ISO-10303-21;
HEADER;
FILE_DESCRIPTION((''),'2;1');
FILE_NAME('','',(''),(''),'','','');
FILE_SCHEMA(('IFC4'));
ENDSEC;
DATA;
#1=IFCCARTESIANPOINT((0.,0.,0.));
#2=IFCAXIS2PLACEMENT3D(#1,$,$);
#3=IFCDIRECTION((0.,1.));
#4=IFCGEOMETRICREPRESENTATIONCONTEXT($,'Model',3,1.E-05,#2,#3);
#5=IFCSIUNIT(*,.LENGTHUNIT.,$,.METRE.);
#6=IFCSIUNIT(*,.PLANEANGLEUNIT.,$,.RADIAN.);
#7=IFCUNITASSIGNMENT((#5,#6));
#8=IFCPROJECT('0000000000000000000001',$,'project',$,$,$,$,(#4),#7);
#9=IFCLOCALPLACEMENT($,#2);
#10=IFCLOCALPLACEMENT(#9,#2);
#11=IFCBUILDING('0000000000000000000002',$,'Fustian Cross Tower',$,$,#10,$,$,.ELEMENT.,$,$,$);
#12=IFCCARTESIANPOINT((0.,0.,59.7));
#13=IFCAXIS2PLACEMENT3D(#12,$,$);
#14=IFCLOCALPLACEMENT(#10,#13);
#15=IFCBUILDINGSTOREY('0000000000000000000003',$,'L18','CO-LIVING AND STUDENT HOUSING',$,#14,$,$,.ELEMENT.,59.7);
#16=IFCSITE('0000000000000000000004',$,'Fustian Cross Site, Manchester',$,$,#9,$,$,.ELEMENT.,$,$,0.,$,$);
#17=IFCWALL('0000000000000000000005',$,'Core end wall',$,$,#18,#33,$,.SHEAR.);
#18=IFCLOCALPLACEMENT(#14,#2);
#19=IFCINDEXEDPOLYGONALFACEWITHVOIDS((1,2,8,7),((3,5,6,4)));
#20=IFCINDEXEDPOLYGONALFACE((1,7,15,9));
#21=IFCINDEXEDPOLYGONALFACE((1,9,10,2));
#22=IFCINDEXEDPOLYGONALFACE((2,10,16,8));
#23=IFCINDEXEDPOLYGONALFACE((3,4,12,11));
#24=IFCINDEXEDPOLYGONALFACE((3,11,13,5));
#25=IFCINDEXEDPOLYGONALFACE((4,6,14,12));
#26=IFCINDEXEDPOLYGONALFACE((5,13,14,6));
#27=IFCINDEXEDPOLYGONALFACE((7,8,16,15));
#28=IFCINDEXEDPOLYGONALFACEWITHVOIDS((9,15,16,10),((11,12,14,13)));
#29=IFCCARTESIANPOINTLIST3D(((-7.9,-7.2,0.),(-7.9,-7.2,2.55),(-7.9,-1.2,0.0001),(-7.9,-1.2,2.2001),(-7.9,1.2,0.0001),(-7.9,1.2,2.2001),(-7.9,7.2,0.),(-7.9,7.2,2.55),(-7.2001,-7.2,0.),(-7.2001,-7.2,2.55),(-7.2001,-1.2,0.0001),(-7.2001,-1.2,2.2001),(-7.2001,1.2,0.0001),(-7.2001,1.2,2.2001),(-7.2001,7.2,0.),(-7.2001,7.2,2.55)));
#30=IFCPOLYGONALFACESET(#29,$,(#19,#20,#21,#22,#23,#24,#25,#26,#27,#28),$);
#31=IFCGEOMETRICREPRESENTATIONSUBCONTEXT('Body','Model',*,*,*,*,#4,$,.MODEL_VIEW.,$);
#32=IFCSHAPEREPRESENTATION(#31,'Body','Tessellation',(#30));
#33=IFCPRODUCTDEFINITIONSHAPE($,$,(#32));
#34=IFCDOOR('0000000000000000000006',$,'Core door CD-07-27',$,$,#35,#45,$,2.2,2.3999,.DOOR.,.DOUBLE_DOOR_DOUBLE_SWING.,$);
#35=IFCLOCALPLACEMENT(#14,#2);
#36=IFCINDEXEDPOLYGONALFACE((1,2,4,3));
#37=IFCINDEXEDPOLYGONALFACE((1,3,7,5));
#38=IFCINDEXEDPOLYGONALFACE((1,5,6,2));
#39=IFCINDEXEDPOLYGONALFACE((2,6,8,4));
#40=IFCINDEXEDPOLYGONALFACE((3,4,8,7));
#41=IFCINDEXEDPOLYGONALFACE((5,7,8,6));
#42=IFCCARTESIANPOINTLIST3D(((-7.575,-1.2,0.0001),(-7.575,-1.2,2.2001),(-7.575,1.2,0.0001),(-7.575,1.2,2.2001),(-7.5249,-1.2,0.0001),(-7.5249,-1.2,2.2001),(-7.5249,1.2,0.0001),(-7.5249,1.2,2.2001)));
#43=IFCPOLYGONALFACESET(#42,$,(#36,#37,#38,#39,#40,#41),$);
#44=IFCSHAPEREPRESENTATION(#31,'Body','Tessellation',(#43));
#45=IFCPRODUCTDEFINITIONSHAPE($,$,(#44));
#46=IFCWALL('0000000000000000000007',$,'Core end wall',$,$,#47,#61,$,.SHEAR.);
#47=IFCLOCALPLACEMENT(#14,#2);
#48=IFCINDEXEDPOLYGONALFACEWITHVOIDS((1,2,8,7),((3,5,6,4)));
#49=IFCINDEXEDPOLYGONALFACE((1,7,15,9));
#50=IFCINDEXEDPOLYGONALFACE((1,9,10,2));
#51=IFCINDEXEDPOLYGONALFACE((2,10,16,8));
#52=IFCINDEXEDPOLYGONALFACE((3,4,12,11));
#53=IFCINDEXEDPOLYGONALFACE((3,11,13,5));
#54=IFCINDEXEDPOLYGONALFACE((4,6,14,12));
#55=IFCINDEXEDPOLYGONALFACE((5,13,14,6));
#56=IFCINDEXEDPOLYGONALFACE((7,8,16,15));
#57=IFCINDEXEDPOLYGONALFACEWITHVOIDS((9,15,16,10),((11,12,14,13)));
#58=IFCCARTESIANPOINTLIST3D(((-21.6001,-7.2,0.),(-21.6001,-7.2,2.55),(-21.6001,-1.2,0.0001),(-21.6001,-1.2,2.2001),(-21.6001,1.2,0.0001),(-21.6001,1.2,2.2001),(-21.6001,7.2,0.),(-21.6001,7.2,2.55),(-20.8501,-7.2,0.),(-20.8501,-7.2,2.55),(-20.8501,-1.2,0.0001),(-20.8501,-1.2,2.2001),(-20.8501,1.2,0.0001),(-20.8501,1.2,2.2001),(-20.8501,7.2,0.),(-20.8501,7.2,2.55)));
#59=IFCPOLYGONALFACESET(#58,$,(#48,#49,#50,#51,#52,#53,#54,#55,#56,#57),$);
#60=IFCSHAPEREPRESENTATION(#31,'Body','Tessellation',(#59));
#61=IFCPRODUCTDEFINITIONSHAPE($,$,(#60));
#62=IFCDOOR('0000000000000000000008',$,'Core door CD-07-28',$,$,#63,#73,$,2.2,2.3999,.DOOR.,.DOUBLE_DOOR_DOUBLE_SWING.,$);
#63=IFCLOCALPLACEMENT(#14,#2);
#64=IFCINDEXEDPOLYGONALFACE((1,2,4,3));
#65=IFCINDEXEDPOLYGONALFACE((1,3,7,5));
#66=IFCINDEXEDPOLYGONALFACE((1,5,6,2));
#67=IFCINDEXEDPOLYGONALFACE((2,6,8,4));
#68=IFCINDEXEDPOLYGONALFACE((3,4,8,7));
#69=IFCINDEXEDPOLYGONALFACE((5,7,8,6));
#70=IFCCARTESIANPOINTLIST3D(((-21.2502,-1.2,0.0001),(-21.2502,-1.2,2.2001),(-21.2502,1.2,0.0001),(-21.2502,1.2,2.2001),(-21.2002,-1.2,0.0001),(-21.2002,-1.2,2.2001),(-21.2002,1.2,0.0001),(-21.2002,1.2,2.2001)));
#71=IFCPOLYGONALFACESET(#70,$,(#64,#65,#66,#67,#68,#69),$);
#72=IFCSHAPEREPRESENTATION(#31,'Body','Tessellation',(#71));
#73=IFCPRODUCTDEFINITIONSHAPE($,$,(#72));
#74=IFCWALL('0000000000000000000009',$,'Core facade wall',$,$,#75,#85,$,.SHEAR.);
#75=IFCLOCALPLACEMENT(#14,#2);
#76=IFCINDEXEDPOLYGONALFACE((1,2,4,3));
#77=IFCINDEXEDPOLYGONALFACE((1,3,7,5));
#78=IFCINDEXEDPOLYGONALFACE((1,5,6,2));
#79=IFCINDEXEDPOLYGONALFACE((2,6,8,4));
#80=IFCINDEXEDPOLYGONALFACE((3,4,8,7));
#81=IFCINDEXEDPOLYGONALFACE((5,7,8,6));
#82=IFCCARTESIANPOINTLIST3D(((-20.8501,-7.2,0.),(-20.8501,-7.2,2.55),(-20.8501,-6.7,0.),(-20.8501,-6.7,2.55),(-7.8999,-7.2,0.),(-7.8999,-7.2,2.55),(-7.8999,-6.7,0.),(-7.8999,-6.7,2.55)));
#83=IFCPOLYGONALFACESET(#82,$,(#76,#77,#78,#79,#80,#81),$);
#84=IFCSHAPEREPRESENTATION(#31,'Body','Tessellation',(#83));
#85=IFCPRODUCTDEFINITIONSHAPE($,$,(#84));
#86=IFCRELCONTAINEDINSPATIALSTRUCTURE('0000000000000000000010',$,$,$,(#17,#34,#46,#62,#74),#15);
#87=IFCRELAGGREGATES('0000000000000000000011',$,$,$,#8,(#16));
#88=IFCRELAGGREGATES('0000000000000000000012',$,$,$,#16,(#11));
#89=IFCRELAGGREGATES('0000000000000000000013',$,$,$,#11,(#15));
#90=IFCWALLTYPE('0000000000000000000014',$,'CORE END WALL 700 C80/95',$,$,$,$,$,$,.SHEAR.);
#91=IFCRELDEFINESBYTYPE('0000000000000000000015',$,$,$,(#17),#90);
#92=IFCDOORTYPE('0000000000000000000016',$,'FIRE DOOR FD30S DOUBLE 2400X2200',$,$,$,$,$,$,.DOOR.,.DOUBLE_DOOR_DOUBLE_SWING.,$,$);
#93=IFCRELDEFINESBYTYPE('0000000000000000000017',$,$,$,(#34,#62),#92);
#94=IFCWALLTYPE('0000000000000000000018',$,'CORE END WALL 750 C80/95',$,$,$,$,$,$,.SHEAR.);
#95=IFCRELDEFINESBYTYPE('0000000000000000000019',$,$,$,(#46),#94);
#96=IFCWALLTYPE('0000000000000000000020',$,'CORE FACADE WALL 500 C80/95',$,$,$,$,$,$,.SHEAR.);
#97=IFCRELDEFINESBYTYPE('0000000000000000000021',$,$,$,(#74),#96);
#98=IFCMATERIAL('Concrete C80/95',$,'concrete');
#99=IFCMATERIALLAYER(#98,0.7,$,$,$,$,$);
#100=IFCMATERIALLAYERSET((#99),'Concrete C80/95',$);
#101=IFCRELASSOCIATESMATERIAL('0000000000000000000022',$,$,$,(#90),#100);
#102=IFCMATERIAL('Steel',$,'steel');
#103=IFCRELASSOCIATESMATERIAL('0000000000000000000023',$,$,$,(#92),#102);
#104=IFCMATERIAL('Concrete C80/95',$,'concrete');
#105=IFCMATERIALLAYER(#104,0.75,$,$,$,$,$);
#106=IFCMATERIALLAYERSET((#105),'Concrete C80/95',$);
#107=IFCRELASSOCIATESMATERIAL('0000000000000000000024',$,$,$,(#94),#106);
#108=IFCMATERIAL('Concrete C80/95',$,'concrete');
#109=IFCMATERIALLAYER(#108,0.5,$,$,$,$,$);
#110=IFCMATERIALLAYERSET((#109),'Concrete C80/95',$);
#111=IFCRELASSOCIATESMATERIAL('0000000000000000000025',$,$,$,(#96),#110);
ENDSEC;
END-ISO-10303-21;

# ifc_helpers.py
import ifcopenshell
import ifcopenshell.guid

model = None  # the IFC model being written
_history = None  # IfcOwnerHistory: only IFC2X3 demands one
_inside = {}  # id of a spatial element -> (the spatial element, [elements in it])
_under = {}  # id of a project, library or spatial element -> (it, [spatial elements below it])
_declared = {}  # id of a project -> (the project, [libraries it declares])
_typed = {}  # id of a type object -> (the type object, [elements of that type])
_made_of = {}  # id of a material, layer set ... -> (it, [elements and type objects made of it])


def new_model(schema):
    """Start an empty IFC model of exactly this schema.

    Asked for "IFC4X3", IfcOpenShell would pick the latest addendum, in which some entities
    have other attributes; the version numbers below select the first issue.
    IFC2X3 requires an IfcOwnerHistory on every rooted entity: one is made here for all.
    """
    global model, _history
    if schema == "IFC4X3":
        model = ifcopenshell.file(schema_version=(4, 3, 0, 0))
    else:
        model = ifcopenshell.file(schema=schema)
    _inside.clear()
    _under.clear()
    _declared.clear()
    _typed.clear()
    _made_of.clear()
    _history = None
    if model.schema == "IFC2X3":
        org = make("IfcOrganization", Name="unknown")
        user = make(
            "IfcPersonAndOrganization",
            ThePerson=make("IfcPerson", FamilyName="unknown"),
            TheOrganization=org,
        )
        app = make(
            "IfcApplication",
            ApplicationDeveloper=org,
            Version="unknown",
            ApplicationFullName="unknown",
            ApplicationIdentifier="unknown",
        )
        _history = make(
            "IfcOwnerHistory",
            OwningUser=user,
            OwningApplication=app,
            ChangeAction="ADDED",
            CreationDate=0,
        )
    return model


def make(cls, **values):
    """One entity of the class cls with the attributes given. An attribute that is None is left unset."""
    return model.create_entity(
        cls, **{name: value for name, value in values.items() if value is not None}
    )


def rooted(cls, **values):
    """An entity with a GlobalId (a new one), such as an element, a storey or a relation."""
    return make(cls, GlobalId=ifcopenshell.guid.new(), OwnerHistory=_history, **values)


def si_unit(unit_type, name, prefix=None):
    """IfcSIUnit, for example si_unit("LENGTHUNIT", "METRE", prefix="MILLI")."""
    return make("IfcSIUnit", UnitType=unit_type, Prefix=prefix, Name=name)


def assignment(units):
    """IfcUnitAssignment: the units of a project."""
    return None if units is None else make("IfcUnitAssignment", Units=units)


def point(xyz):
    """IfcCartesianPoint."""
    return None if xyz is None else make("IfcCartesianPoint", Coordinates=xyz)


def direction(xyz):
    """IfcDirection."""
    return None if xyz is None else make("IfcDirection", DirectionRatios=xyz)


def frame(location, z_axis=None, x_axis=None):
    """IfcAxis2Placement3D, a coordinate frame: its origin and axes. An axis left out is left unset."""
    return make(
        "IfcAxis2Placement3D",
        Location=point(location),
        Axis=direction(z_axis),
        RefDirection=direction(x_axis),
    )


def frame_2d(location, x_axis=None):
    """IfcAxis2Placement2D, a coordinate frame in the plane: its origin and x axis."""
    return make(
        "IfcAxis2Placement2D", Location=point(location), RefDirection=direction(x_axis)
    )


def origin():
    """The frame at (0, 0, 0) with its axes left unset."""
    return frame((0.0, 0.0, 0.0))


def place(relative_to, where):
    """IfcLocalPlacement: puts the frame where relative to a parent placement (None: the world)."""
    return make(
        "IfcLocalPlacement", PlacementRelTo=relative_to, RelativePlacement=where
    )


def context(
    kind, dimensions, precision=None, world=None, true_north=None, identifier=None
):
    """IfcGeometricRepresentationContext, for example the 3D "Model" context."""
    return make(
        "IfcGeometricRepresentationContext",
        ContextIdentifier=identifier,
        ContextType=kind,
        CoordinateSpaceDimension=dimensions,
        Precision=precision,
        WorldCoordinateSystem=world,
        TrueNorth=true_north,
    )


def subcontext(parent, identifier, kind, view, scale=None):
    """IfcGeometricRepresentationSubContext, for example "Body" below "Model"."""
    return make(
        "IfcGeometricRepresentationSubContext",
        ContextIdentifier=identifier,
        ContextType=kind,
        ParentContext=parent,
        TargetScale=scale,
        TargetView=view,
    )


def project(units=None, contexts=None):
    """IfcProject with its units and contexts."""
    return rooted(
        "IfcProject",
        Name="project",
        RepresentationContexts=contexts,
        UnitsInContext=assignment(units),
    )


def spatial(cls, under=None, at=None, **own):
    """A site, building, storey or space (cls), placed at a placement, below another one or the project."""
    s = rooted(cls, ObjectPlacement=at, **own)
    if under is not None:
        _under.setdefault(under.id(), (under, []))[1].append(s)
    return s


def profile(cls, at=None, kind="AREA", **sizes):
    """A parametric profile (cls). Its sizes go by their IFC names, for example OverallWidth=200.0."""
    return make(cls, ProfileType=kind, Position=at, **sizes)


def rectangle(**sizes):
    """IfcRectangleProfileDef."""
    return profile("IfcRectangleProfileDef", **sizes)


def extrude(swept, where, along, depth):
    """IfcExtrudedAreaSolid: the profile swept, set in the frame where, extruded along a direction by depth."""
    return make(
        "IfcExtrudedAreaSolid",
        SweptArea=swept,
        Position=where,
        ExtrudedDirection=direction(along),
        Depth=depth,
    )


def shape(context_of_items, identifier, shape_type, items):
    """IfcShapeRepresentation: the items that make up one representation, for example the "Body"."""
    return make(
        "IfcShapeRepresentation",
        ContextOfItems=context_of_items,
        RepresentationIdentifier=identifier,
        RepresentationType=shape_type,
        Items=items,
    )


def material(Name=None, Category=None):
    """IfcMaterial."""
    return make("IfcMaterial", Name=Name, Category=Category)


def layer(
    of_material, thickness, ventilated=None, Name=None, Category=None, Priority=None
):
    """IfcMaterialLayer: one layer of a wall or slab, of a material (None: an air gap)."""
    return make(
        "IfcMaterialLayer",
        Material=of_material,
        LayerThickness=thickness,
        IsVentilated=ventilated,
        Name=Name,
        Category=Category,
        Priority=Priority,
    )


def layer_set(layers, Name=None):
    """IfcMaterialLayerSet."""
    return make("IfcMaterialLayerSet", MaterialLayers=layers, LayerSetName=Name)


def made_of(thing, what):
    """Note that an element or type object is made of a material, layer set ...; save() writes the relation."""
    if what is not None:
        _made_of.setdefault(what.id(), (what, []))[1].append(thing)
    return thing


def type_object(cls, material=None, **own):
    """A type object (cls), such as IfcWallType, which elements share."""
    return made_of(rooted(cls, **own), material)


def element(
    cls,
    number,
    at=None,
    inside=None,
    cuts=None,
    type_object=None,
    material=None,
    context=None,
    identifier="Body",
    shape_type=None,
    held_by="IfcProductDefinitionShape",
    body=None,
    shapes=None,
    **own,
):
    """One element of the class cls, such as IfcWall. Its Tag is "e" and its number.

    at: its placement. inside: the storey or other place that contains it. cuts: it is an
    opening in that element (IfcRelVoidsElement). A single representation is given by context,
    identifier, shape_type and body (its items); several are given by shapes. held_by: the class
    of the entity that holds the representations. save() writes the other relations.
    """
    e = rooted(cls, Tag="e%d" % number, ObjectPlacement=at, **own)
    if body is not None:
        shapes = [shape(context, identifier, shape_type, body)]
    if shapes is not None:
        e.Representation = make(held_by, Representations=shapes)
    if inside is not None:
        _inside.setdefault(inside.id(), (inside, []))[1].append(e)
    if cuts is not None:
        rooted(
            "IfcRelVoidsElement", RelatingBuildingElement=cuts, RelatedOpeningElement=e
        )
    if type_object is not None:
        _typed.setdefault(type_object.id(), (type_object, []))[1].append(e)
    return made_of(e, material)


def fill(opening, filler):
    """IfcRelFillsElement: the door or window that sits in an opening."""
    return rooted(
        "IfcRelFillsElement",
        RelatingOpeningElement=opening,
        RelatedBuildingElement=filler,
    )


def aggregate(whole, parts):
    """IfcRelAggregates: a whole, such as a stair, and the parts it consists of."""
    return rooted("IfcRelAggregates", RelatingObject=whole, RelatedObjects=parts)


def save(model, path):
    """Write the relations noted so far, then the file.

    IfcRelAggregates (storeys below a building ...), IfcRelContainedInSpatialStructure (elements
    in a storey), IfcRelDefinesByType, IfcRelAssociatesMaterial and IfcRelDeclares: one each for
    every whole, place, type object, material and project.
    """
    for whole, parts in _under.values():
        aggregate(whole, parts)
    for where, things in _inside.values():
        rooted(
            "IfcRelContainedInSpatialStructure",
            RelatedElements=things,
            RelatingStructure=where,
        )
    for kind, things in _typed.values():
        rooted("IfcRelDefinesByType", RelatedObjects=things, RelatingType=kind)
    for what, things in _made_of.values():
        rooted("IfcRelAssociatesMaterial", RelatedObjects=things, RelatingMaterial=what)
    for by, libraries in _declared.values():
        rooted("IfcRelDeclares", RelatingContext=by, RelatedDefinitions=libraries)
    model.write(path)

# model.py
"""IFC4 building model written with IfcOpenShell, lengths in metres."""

from ifc_helpers import new_model, si_unit, direction, frame, frame_2d, origin, place, context, subcontext, project, spatial, rectangle, extrude, material, layer, layer_set, type_object, element, fill, save


model = new_model("IFC4")

# Units and contexts
model_context = context("Model", 3, precision=1e-05, world=origin(), true_north=direction((0.0, 1.0)))
body_context = subcontext(model_context, "Body", "Model", "MODEL_VIEW")
ifc_project = project(units=[si_unit("LENGTHUNIT", "METRE"), si_unit("PLANEANGLEUNIT", "RADIAN")], contexts=[model_context])

# Site, building, storey
site_placement = place(None, origin())
site = spatial("IfcSite", under=ifc_project, at=site_placement, Name="Fustian Cross Site, Manchester", CompositionType="ELEMENT", RefElevation=0.0)
building_placement = place(site_placement, origin())
building = spatial("IfcBuilding", under=site, at=building_placement, Name="Fustian Cross Tower", CompositionType="ELEMENT")
storey_placement = place(building_placement, frame((0.0, 0.0, 59.7)))
storey = spatial("IfcBuildingStorey", under=building, at=storey_placement, Name="L18", Description="CO-LIVING AND STUDENT HOUSING", CompositionType="ELEMENT", Elevation=59.7)

# Walls, openings, doors
ifc_material_1 = material(Name="Concrete C80/95", Category="concrete")
ifc_layer_1 = layer(ifc_material_1, 0.7)
ifc_layer_set_1 = layer_set([ifc_layer_1], Name="Concrete C80/95")
wall_type_1 = type_object("IfcWallType", Name="CORE END WALL 700 C80/95", PredefinedType="SHEAR", material=ifc_layer_set_1)
wall_1_placement = place(storey_placement, frame((-7.55, -7.2, 0.0), z_axis=(0.0, 0.0, 1.0), x_axis=(0.0, 1.0, 0.0)))
wall_1 = element("IfcWall", 1, at=wall_1_placement, inside=storey, type_object=wall_type_1, Name="Core end wall", PredefinedType="SHEAR", context=body_context, shape_type="SweptSolid", body=[
    extrude(rectangle(XDim=14.3999, YDim=0.7, at=frame_2d((7.2, 0.0))), origin(), (0.0, 0.0, 1.0), 2.55),
])
opening_1_placement = place(wall_1_placement, frame((6.0, 0.0, 0.0)))
opening_1 = element("IfcOpeningElement", 2, at=opening_1_placement, cuts=wall_1, PredefinedType="OPENING", context=body_context, shape_type="SweptSolid", body=[
    extrude(rectangle(XDim=2.3999, YDim=2.2, at=frame_2d((1.2, 1.1001))), frame((0.0, 0.3599, 0.0), z_axis=(0.0, -1.0, 0.0), x_axis=(1.0, 0.0, 0.0)), (0.0, 0.0, 1.0), 0.72),
])
ifc_material_2 = material(Name="Steel", Category="steel")
door_type_1 = type_object("IfcDoorType", Name="FIRE DOOR FD30S DOUBLE 2400X2200", OperationType="DOUBLE_DOOR_DOUBLE_SWING", PredefinedType="DOOR", material=ifc_material_2)
door_1_placement = place(opening_1_placement, origin())
door_1 = element("IfcDoor", 3, at=door_1_placement, inside=storey, type_object=door_type_1, Name="Core door CD-07-27", OperationType="DOUBLE_DOOR_DOUBLE_SWING", OverallHeight=2.2, OverallWidth=2.3999, PredefinedType="DOOR", context=body_context, shape_type="SweptSolid", body=[
    extrude(rectangle(XDim=2.3999, YDim=2.2, at=frame_2d((1.2, 1.1001))), frame((0.0, 0.0249, 0.0), z_axis=(0.0, -1.0, 0.0), x_axis=(1.0, 0.0, 0.0)), (0.0, 0.0, 1.0), 0.05),
])
fill(opening_1, door_1)
ifc_material_3 = material(Name="Concrete C80/95", Category="concrete")
ifc_layer_2 = layer(ifc_material_3, 0.75)
ifc_layer_set_2 = layer_set([ifc_layer_2], Name="Concrete C80/95")
wall_type_2 = type_object("IfcWallType", Name="CORE END WALL 750 C80/95", PredefinedType="SHEAR", material=ifc_layer_set_2)
wall_2_placement = place(storey_placement, frame((-21.2251, -7.2, 0.0), z_axis=(0.0, 0.0, 1.0), x_axis=(0.0, 1.0, 0.0)))
wall_2 = element("IfcWall", 4, at=wall_2_placement, inside=storey, type_object=wall_type_2, Name="Core end wall", PredefinedType="SHEAR", context=body_context, shape_type="SweptSolid", body=[
    extrude(rectangle(XDim=14.3999, YDim=0.75, at=frame_2d((7.2, 0.0))), origin(), (0.0, 0.0, 1.0), 2.55),
])
opening_2_placement = place(wall_2_placement, frame((6.0, 0.0, 0.0)))
opening_2 = element("IfcOpeningElement", 5, at=opening_2_placement, cuts=wall_2, PredefinedType="OPENING", context=body_context, shape_type="SweptSolid", body=[
    extrude(rectangle(XDim=2.3999, YDim=2.2, at=frame_2d((1.2, 1.1001))), frame((0.0, 0.385, 0.0), z_axis=(0.0, -1.0, 0.0), x_axis=(1.0, 0.0, 0.0)), (0.0, 0.0, 1.0), 0.77),
])
door_2_placement = place(opening_2_placement, frame((2.3999, 0.0, 0.0), z_axis=(0.0, 0.0, 1.0), x_axis=(-1.0, 0.0, 0.0)))
door_2 = element("IfcDoor", 6, at=door_2_placement, inside=storey, type_object=door_type_1, Name="Core door CD-07-28", OperationType="DOUBLE_DOOR_DOUBLE_SWING", OverallHeight=2.2, OverallWidth=2.3999, PredefinedType="DOOR", context=body_context, shape_type="SweptSolid", body=[
    extrude(rectangle(XDim=2.3999, YDim=2.2, at=frame_2d((1.2, 1.1001))), frame((0.0, 0.0249, 0.0), z_axis=(0.0, -1.0, 0.0), x_axis=(1.0, 0.0, 0.0)), (0.0, 0.0, 1.0), 0.05),
])
fill(opening_2, door_2)

# Wall
ifc_material_4 = material(Name="Concrete C80/95", Category="concrete")
ifc_layer_3 = layer(ifc_material_4, 0.5)
ifc_layer_set_3 = layer_set([ifc_layer_3], Name="Concrete C80/95")
wall_type_3 = type_object("IfcWallType", Name="CORE FACADE WALL 500 C80/95", PredefinedType="SHEAR", material=ifc_layer_set_3)
wall_3_placement = place(storey_placement, frame((-7.8999, -6.95, 0.0), z_axis=(0.0, 0.0, 1.0), x_axis=(-1.0, 0.0, 0.0)))
element("IfcWall", 7, at=wall_3_placement, inside=storey, type_object=wall_type_3, Name="Core facade wall", PredefinedType="SHEAR", context=body_context, shape_type="SweptSolid", body=[
    extrude(rectangle(XDim=12.9502, YDim=0.5, at=frame_2d((6.4751, 0.0))), origin(), (0.0, 0.0, 1.0), 2.55),
])

save(model, "model.ifc")
